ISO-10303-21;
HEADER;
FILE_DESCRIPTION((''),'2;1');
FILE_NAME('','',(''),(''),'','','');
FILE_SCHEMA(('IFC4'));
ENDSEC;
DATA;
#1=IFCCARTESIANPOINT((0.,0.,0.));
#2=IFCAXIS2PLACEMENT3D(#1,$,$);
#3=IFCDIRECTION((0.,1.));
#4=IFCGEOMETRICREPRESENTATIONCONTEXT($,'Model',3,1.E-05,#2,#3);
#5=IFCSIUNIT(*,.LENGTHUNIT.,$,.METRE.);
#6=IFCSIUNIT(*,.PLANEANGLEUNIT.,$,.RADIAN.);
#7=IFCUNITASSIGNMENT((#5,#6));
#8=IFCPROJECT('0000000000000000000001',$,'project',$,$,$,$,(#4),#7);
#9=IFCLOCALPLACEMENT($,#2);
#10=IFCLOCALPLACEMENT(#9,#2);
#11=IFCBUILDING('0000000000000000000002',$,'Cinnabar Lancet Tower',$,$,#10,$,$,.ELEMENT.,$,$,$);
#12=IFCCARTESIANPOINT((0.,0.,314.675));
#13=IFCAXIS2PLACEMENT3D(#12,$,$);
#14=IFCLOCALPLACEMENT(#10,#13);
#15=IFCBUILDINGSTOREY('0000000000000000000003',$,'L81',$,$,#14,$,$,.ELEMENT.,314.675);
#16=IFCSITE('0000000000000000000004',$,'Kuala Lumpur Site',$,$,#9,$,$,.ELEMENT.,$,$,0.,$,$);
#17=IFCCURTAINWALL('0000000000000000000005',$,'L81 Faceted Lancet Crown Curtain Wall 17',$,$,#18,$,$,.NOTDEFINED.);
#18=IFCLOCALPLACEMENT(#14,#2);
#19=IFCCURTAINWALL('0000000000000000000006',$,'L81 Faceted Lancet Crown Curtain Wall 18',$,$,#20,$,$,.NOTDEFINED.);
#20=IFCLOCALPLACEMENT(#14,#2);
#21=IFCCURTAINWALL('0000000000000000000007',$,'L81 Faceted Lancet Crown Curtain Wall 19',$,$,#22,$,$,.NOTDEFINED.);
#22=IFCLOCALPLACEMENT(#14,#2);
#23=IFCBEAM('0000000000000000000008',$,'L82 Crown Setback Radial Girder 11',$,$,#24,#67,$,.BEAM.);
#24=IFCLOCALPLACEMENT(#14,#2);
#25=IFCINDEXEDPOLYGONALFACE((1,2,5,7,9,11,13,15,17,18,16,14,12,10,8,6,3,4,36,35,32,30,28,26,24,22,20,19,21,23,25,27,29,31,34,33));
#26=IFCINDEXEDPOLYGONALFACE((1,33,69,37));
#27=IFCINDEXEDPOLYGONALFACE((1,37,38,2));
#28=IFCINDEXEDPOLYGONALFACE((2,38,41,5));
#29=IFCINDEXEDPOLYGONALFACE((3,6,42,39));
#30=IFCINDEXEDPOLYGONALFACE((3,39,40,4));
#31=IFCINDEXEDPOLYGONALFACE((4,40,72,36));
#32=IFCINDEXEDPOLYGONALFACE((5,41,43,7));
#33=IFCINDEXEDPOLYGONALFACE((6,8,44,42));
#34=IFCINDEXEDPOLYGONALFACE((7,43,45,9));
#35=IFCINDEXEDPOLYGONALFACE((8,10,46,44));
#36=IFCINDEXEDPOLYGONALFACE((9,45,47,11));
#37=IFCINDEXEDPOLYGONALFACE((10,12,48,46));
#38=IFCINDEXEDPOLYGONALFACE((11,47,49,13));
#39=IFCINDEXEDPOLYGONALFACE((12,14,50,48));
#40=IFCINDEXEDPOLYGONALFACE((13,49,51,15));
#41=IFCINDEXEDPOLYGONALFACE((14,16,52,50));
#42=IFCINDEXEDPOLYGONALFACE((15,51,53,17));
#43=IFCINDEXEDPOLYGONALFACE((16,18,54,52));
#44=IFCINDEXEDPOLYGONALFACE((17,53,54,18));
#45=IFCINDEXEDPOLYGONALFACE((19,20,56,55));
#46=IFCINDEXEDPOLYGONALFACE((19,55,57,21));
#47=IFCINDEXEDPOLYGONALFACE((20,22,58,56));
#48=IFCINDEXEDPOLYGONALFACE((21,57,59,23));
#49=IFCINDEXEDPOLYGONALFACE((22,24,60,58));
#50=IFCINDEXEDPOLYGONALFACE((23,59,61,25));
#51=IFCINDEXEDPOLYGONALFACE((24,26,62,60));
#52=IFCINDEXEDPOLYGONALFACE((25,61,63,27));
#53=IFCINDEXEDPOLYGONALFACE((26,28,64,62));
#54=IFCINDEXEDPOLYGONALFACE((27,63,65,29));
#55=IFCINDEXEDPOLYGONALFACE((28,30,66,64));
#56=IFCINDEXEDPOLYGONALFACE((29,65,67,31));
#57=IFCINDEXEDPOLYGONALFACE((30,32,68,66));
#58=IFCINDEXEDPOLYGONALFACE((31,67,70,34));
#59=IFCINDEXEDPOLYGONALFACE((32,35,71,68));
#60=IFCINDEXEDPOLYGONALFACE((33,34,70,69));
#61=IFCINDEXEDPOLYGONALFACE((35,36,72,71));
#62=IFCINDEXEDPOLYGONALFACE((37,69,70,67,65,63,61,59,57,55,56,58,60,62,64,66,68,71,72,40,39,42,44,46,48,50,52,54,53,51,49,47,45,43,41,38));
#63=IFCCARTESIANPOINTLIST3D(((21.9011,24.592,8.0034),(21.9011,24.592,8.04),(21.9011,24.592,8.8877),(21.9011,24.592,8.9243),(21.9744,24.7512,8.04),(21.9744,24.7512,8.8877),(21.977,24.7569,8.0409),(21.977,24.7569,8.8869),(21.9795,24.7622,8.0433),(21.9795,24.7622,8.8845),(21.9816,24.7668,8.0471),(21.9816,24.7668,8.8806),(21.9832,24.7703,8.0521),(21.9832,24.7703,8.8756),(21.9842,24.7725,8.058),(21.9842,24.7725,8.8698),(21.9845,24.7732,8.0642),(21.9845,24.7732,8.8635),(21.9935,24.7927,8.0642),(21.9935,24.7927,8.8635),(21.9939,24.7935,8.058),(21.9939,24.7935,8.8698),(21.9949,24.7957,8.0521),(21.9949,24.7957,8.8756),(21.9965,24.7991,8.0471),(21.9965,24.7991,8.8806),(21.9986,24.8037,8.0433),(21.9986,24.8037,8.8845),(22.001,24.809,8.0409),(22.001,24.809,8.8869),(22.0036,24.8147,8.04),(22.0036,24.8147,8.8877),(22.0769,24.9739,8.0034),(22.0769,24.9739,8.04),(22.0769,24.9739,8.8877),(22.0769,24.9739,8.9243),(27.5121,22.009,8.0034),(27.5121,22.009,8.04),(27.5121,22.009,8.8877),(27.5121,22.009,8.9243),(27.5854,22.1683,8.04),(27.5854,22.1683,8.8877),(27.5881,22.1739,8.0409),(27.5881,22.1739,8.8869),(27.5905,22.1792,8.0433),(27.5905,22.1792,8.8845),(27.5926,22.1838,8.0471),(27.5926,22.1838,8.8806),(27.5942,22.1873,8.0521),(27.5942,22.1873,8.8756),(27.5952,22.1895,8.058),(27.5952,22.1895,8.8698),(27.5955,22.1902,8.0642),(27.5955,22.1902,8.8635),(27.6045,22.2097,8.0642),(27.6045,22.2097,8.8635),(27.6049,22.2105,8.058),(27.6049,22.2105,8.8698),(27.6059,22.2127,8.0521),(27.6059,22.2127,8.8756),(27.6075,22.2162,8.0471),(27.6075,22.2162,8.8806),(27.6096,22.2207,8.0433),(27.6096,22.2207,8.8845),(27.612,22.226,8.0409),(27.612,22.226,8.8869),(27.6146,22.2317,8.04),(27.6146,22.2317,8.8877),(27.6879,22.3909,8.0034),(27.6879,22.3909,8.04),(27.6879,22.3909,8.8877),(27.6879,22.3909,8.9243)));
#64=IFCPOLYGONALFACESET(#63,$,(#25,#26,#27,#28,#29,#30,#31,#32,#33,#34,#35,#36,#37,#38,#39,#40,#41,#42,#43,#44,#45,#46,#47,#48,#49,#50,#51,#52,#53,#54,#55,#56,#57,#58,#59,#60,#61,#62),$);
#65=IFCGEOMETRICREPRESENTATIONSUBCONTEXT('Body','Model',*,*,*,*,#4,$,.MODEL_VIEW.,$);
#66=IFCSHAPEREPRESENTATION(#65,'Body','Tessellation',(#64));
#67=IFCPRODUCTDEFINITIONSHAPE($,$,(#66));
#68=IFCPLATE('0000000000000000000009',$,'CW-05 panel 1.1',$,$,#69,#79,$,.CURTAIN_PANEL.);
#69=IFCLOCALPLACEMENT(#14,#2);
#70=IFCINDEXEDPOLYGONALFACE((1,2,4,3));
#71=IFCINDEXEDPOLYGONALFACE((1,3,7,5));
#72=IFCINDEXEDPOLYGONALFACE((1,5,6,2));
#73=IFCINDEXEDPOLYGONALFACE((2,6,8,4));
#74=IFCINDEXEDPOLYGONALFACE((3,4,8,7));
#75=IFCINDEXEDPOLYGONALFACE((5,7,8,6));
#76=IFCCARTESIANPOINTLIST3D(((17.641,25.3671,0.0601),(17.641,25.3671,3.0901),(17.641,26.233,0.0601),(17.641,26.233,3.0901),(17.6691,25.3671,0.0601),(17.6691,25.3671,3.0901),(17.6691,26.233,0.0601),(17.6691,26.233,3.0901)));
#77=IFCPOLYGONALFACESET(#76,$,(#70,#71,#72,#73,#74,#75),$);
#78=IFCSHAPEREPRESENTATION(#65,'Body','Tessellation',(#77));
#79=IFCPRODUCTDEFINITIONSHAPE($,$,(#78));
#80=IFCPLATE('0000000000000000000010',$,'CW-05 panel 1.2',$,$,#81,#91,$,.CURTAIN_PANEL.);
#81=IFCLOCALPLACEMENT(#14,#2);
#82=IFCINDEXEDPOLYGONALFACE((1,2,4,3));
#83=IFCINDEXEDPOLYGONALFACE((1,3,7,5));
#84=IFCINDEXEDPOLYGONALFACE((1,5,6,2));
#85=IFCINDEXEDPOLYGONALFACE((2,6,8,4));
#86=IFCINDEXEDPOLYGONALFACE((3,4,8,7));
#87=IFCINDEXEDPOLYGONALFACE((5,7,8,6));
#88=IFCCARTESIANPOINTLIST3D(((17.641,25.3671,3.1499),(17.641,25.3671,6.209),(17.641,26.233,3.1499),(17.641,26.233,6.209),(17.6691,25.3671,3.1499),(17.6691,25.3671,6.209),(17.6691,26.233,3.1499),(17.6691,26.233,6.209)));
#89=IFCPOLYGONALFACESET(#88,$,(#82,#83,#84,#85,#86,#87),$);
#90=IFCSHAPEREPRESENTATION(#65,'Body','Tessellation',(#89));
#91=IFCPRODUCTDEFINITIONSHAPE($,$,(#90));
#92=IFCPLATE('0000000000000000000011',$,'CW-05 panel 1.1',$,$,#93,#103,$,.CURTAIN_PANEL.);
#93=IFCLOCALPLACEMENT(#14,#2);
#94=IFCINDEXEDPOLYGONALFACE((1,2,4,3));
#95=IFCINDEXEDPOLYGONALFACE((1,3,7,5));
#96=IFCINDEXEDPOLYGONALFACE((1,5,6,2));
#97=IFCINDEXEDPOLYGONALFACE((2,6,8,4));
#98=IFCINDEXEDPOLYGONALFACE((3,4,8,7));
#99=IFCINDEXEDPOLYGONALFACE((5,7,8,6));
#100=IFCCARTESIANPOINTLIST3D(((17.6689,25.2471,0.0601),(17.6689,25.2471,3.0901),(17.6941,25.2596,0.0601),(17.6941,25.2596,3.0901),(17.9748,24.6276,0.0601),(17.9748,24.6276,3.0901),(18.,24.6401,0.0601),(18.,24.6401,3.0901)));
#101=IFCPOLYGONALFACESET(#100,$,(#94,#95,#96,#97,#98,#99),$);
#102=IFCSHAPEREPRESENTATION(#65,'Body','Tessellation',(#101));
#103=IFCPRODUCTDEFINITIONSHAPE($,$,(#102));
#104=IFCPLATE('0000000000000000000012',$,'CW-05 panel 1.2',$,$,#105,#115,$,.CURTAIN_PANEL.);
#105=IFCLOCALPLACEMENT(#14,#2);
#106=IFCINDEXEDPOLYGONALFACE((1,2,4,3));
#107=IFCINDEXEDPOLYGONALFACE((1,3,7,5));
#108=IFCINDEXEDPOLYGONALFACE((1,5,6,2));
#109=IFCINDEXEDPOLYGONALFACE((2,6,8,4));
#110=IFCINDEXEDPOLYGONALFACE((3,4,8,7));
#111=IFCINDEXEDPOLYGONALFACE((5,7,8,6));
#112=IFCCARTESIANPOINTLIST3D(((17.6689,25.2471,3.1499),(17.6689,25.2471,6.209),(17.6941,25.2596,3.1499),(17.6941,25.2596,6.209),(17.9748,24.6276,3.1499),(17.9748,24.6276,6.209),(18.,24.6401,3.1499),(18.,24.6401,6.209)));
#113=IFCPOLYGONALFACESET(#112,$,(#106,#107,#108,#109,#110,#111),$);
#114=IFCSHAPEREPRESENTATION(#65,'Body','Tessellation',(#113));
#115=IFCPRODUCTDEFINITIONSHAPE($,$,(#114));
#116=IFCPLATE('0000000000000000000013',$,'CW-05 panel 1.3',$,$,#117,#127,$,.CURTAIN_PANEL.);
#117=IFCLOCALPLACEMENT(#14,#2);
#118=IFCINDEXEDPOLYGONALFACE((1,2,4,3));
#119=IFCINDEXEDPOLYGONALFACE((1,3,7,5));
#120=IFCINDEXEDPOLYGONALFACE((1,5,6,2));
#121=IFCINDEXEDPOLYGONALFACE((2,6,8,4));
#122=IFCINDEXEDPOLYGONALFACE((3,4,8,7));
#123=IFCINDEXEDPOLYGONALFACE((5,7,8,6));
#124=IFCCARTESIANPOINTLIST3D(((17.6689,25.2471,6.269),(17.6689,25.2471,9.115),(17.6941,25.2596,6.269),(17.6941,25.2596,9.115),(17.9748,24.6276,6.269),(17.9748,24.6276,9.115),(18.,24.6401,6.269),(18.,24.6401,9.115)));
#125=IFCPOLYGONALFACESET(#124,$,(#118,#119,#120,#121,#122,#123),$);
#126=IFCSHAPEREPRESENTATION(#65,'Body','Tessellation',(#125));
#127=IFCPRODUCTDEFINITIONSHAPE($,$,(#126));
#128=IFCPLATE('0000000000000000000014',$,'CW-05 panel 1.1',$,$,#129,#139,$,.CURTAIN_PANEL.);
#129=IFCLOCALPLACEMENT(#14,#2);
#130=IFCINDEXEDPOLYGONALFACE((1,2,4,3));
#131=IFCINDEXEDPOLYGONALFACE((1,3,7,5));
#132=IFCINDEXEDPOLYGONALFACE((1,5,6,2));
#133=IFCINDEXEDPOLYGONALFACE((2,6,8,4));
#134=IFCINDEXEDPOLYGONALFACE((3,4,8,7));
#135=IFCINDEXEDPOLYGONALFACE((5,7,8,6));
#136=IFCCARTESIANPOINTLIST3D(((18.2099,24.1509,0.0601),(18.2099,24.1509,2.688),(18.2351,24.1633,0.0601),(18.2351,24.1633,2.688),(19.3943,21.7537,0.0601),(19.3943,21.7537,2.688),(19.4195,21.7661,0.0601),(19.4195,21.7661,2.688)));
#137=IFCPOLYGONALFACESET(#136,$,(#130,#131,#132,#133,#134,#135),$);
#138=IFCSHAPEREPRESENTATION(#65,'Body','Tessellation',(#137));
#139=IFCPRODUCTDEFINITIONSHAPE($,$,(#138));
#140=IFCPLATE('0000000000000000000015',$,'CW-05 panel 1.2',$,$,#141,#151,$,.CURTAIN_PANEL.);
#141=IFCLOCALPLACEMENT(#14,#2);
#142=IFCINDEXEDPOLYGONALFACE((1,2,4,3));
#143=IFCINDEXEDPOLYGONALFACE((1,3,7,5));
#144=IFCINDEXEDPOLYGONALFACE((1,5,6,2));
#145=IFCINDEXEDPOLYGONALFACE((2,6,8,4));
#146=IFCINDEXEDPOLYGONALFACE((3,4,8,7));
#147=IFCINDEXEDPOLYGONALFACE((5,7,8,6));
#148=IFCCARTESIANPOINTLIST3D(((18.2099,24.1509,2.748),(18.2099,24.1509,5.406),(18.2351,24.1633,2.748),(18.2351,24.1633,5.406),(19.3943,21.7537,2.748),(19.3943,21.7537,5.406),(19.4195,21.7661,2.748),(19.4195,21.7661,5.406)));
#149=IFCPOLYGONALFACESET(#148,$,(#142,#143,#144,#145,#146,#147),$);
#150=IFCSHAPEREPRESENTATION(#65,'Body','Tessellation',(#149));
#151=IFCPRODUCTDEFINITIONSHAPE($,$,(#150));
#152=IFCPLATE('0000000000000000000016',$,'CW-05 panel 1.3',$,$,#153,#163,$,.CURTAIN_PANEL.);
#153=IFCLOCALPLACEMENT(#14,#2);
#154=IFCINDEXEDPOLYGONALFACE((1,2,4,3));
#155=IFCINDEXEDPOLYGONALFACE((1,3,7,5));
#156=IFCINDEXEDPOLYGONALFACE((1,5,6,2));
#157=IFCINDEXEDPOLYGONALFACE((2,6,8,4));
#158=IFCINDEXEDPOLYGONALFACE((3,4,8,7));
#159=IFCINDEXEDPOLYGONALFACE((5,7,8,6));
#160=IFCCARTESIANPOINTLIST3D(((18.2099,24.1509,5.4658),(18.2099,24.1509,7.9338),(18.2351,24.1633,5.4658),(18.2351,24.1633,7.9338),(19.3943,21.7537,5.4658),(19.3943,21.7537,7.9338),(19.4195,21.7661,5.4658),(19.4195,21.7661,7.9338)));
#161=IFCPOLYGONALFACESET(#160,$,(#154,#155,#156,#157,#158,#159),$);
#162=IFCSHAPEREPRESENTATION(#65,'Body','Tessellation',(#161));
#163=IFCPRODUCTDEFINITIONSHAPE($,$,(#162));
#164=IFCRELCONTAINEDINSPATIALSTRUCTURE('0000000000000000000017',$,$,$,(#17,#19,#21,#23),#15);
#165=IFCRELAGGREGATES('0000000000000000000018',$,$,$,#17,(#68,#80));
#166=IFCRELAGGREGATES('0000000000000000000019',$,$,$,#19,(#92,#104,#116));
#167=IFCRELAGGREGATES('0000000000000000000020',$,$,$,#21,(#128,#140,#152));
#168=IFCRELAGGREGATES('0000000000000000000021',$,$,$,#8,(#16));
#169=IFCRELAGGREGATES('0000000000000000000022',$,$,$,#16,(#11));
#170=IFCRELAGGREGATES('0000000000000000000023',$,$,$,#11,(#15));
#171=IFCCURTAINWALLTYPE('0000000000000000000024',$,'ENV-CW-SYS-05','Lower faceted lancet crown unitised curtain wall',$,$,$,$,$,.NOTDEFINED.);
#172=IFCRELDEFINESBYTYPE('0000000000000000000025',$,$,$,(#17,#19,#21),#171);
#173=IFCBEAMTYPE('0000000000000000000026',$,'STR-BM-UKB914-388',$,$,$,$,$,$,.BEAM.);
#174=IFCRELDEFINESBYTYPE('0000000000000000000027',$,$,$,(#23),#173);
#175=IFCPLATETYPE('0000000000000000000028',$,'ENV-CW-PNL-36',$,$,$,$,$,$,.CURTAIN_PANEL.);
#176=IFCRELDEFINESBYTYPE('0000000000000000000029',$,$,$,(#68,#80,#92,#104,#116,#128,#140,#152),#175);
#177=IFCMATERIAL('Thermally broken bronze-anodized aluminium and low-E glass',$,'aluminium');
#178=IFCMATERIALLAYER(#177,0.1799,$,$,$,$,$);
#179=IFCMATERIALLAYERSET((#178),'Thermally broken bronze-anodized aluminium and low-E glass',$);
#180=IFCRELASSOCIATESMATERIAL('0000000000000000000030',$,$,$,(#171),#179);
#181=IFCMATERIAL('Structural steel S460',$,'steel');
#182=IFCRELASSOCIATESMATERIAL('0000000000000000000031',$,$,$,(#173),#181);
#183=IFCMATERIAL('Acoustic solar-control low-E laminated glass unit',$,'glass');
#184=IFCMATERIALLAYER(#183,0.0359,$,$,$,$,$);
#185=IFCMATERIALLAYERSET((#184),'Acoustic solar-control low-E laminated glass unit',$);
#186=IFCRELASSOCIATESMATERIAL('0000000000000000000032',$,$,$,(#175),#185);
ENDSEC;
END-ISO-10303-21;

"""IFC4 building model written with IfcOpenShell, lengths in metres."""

from ifc_helpers import new_model, si_unit, direction, frame, origin, origin_2d, place, context, subcontext, project, spatial, rectangle, i_section, extrude, material, layer, layer_set, material_profile, profile_set, type_object, element, aggregate, save


model = new_model("IFC4")

# Units and contexts
model_context = context("Model", 3, precision=1e-05, world=origin(), true_north=direction((0.0, 1.0)))
body_context = subcontext(model_context, "Body", "Model", "MODEL_VIEW")
ifc_project = project(units=[si_unit("LENGTHUNIT", "METRE"), si_unit("PLANEANGLEUNIT", "RADIAN")], contexts=[model_context])

# Site, building, storey
site_placement = place(None, origin())
site = spatial("IfcSite", under=ifc_project, at=site_placement, Name="Kuala Lumpur Site", CompositionType="ELEMENT", RefElevation=0.0)
building_placement = place(site_placement, origin())
building = spatial("IfcBuilding", under=site, at=building_placement, Name="Cinnabar Lancet Tower", CompositionType="ELEMENT")
storey_placement = place(building_placement, frame((0.0, 0.0, 314.675)))
storey = spatial("IfcBuildingStorey", under=building, at=storey_placement, Name="L81", CompositionType="ELEMENT", Elevation=314.675)

# Curtain wall
ifc_material_1 = material(Name="Thermally broken bronze-anodized aluminium and low-E glass", Category="aluminium")
ifc_layer_1 = layer(ifc_material_1, 0.1799)
ifc_layer_set_1 = layer_set([ifc_layer_1], Name="Thermally broken bronze-anodized aluminium and low-E glass")
curtain_wall_type = type_object("IfcCurtainWallType", Name="ENV-CW-SYS-05", Description="Lower faceted lancet crown unitised curtain wall", PredefinedType="NOTDEFINED", material=ifc_layer_set_1)
curtain_wall_1_placement = place(storey_placement, origin())
curtain_wall_1 = element("IfcCurtainWall", 1, at=curtain_wall_1_placement, inside=storey, type_object=curtain_wall_type, Name="L81 Faceted Lancet Crown Curtain Wall 17", PredefinedType="NOTDEFINED")

# Curtain walls
curtain_wall_2_placement = place(storey_placement, origin())
curtain_wall_2 = element("IfcCurtainWall", 2, at=curtain_wall_2_placement, inside=storey, type_object=curtain_wall_type, Name="L81 Faceted Lancet Crown Curtain Wall 18", PredefinedType="NOTDEFINED")
curtain_wall_3_placement = place(storey_placement, origin())
curtain_wall_3 = element("IfcCurtainWall", 3, at=curtain_wall_3_placement, inside=storey, type_object=curtain_wall_type, Name="L81 Faceted Lancet Crown Curtain Wall 19", PredefinedType="NOTDEFINED")

# Beam
ifc_material_2 = material(Name="Structural steel S460", Category="steel")
ifc_material_profile_1 = material_profile(ifc_material_2, i_section(OverallWidth=0.4204, OverallDepth=0.9209, WebThickness=0.0215, FlangeThickness=0.0366, FilletRadius=0.0242, at=origin_2d()), Name="UKB 914x419x388")
ifc_profile_set_1 = profile_set([ifc_material_profile_1], Name="Structural steel S460")
beam_type = type_object("IfcBeamType", Name="STR-BM-UKB914-388", PredefinedType="BEAM", material=ifc_profile_set_1)
beam_1_placement = place(storey_placement, frame((21.989, 24.783, 8.4639), z_axis=(0.908373, -0.418161, 0.0), x_axis=(0.418161, 0.908373, 0.0)))
element("IfcBeam", 4, at=beam_1_placement, inside=storey, type_object=beam_type, Name="L82 Crown Setback Radial Girder 11", PredefinedType="BEAM", context=body_context, shape_type="SweptSolid", body=[
    extrude(i_section(OverallWidth=0.4204, OverallDepth=0.9209, WebThickness=0.0215, FlangeThickness=0.0366, FilletRadius=0.0242, at=origin_2d()), origin(), (0.0, 0.0, 1.0), 6.177),
])

# Plates
ifc_material_3 = material(Name="Acoustic solar-control low-E laminated glass unit", Category="glass")
ifc_layer_2 = layer(ifc_material_3, 0.0359)
ifc_layer_set_2 = layer_set([ifc_layer_2], Name="Acoustic solar-control low-E laminated glass unit")
plate_type = type_object("IfcPlateType", Name="ENV-CW-PNL-36", PredefinedType="CURTAIN_PANEL", material=ifc_layer_set_2)
plate_1_placement = place(storey_placement, frame((17.655, 25.8, 0.0601), z_axis=(0.0, 0.0, 1.0), x_axis=(0.0, -1.0, 0.0)))
plate_1 = element("IfcPlate", 5, at=plate_1_placement, type_object=plate_type, Name="CW-05 panel 1.1", PredefinedType="CURTAIN_PANEL", context=body_context, shape_type="SweptSolid", body=[
    extrude(rectangle(XDim=0.866, YDim=0.0281, at=origin_2d()), origin(), (0.0, 0.0, 1.0), 3.03),
])
plate_2_placement = place(storey_placement, frame((17.655, 25.8, 3.1499), z_axis=(0.0, 0.0, 1.0), x_axis=(0.0, -1.0, 0.0)))
plate_2 = element("IfcPlate", 6, at=plate_2_placement, type_object=plate_type, Name="CW-05 panel 1.2", PredefinedType="CURTAIN_PANEL", context=body_context, shape_type="SweptSolid", body=[
    extrude(rectangle(XDim=0.866, YDim=0.0281, at=origin_2d()), origin(), (0.0, 0.0, 1.0), 3.0591),
])
aggregate(curtain_wall_1, [plate_1, plate_2])
plate_3_placement = place(storey_placement, frame((17.8345, 24.9436, 0.0601), z_axis=(0.0, 0.0, 1.0), x_axis=(0.442768, -0.896636, 0.0)))
plate_3 = element("IfcPlate", 7, at=plate_3_placement, type_object=plate_type, Name="CW-05 panel 1.1", PredefinedType="CURTAIN_PANEL", context=body_context, shape_type="SweptSolid", body=[
    extrude(rectangle(XDim=0.6909, YDim=0.0281, at=origin_2d()), origin(), (0.0, 0.0, 1.0), 3.03),
])
plate_4_placement = place(storey_placement, frame((17.8345, 24.9436, 3.1499), z_axis=(0.0, 0.0, 1.0), x_axis=(0.442768, -0.896636, 0.0)))
plate_4 = element("IfcPlate", 8, at=plate_4_placement, type_object=plate_type, Name="CW-05 panel 1.2", PredefinedType="CURTAIN_PANEL", context=body_context, shape_type="SweptSolid", body=[
    extrude(rectangle(XDim=0.6909, YDim=0.0281, at=origin_2d()), origin(), (0.0, 0.0, 1.0), 3.0591),
])
plate_5_placement = place(storey_placement, frame((17.8345, 24.9436, 6.269), z_axis=(0.0, 0.0, 1.0), x_axis=(0.442768, -0.896636, 0.0)))
plate_5 = element("IfcPlate", 9, at=plate_5_placement, type_object=plate_type, Name="CW-05 panel 1.3", PredefinedType="CURTAIN_PANEL", context=body_context, shape_type="SweptSolid", body=[
    extrude(rectangle(XDim=0.6909, YDim=0.0281, at=origin_2d()), origin(), (0.0, 0.0, 1.0), 2.8459),
])
aggregate(curtain_wall_2, [plate_3, plate_4, plate_5])
plate_6_placement = place(storey_placement, frame((18.8147, 22.9585, 0.0601), z_axis=(0.0, 0.0, 1.0), x_axis=(0.442939, -0.896552, 0.0)))
plate_6 = element("IfcPlate", 10, at=plate_6_placement, type_object=plate_type, Name="CW-05 panel 1.1", PredefinedType="CURTAIN_PANEL", context=body_context, shape_type="SweptSolid", body=[
    extrude(rectangle(XDim=2.6738, YDim=0.0281, at=origin_2d()), origin(), (0.0, 0.0, 1.0), 2.6279),
])
plate_7_placement = place(storey_placement, frame((18.8147, 22.9585, 2.748), z_axis=(0.0, 0.0, 1.0), x_axis=(0.442939, -0.896552, 0.0)))
plate_7 = element("IfcPlate", 11, at=plate_7_placement, type_object=plate_type, Name="CW-05 panel 1.2", PredefinedType="CURTAIN_PANEL", context=body_context, shape_type="SweptSolid", body=[
    extrude(rectangle(XDim=2.6738, YDim=0.0281, at=origin_2d()), origin(), (0.0, 0.0, 1.0), 2.658),
])
plate_8_placement = place(storey_placement, frame((18.8147, 22.9585, 5.4658), z_axis=(0.0, 0.0, 1.0), x_axis=(0.442939, -0.896552, 0.0)))
plate_8 = element("IfcPlate", 12, at=plate_8_placement, type_object=plate_type, Name="CW-05 panel 1.3", PredefinedType="CURTAIN_PANEL", context=body_context, shape_type="SweptSolid", body=[
    extrude(rectangle(XDim=2.6738, YDim=0.0281, at=origin_2d()), origin(), (0.0, 0.0, 1.0), 2.468),
])
aggregate(curtain_wall_3, [plate_6, plate_7, plate_8])

save(model, "model.ifc")
